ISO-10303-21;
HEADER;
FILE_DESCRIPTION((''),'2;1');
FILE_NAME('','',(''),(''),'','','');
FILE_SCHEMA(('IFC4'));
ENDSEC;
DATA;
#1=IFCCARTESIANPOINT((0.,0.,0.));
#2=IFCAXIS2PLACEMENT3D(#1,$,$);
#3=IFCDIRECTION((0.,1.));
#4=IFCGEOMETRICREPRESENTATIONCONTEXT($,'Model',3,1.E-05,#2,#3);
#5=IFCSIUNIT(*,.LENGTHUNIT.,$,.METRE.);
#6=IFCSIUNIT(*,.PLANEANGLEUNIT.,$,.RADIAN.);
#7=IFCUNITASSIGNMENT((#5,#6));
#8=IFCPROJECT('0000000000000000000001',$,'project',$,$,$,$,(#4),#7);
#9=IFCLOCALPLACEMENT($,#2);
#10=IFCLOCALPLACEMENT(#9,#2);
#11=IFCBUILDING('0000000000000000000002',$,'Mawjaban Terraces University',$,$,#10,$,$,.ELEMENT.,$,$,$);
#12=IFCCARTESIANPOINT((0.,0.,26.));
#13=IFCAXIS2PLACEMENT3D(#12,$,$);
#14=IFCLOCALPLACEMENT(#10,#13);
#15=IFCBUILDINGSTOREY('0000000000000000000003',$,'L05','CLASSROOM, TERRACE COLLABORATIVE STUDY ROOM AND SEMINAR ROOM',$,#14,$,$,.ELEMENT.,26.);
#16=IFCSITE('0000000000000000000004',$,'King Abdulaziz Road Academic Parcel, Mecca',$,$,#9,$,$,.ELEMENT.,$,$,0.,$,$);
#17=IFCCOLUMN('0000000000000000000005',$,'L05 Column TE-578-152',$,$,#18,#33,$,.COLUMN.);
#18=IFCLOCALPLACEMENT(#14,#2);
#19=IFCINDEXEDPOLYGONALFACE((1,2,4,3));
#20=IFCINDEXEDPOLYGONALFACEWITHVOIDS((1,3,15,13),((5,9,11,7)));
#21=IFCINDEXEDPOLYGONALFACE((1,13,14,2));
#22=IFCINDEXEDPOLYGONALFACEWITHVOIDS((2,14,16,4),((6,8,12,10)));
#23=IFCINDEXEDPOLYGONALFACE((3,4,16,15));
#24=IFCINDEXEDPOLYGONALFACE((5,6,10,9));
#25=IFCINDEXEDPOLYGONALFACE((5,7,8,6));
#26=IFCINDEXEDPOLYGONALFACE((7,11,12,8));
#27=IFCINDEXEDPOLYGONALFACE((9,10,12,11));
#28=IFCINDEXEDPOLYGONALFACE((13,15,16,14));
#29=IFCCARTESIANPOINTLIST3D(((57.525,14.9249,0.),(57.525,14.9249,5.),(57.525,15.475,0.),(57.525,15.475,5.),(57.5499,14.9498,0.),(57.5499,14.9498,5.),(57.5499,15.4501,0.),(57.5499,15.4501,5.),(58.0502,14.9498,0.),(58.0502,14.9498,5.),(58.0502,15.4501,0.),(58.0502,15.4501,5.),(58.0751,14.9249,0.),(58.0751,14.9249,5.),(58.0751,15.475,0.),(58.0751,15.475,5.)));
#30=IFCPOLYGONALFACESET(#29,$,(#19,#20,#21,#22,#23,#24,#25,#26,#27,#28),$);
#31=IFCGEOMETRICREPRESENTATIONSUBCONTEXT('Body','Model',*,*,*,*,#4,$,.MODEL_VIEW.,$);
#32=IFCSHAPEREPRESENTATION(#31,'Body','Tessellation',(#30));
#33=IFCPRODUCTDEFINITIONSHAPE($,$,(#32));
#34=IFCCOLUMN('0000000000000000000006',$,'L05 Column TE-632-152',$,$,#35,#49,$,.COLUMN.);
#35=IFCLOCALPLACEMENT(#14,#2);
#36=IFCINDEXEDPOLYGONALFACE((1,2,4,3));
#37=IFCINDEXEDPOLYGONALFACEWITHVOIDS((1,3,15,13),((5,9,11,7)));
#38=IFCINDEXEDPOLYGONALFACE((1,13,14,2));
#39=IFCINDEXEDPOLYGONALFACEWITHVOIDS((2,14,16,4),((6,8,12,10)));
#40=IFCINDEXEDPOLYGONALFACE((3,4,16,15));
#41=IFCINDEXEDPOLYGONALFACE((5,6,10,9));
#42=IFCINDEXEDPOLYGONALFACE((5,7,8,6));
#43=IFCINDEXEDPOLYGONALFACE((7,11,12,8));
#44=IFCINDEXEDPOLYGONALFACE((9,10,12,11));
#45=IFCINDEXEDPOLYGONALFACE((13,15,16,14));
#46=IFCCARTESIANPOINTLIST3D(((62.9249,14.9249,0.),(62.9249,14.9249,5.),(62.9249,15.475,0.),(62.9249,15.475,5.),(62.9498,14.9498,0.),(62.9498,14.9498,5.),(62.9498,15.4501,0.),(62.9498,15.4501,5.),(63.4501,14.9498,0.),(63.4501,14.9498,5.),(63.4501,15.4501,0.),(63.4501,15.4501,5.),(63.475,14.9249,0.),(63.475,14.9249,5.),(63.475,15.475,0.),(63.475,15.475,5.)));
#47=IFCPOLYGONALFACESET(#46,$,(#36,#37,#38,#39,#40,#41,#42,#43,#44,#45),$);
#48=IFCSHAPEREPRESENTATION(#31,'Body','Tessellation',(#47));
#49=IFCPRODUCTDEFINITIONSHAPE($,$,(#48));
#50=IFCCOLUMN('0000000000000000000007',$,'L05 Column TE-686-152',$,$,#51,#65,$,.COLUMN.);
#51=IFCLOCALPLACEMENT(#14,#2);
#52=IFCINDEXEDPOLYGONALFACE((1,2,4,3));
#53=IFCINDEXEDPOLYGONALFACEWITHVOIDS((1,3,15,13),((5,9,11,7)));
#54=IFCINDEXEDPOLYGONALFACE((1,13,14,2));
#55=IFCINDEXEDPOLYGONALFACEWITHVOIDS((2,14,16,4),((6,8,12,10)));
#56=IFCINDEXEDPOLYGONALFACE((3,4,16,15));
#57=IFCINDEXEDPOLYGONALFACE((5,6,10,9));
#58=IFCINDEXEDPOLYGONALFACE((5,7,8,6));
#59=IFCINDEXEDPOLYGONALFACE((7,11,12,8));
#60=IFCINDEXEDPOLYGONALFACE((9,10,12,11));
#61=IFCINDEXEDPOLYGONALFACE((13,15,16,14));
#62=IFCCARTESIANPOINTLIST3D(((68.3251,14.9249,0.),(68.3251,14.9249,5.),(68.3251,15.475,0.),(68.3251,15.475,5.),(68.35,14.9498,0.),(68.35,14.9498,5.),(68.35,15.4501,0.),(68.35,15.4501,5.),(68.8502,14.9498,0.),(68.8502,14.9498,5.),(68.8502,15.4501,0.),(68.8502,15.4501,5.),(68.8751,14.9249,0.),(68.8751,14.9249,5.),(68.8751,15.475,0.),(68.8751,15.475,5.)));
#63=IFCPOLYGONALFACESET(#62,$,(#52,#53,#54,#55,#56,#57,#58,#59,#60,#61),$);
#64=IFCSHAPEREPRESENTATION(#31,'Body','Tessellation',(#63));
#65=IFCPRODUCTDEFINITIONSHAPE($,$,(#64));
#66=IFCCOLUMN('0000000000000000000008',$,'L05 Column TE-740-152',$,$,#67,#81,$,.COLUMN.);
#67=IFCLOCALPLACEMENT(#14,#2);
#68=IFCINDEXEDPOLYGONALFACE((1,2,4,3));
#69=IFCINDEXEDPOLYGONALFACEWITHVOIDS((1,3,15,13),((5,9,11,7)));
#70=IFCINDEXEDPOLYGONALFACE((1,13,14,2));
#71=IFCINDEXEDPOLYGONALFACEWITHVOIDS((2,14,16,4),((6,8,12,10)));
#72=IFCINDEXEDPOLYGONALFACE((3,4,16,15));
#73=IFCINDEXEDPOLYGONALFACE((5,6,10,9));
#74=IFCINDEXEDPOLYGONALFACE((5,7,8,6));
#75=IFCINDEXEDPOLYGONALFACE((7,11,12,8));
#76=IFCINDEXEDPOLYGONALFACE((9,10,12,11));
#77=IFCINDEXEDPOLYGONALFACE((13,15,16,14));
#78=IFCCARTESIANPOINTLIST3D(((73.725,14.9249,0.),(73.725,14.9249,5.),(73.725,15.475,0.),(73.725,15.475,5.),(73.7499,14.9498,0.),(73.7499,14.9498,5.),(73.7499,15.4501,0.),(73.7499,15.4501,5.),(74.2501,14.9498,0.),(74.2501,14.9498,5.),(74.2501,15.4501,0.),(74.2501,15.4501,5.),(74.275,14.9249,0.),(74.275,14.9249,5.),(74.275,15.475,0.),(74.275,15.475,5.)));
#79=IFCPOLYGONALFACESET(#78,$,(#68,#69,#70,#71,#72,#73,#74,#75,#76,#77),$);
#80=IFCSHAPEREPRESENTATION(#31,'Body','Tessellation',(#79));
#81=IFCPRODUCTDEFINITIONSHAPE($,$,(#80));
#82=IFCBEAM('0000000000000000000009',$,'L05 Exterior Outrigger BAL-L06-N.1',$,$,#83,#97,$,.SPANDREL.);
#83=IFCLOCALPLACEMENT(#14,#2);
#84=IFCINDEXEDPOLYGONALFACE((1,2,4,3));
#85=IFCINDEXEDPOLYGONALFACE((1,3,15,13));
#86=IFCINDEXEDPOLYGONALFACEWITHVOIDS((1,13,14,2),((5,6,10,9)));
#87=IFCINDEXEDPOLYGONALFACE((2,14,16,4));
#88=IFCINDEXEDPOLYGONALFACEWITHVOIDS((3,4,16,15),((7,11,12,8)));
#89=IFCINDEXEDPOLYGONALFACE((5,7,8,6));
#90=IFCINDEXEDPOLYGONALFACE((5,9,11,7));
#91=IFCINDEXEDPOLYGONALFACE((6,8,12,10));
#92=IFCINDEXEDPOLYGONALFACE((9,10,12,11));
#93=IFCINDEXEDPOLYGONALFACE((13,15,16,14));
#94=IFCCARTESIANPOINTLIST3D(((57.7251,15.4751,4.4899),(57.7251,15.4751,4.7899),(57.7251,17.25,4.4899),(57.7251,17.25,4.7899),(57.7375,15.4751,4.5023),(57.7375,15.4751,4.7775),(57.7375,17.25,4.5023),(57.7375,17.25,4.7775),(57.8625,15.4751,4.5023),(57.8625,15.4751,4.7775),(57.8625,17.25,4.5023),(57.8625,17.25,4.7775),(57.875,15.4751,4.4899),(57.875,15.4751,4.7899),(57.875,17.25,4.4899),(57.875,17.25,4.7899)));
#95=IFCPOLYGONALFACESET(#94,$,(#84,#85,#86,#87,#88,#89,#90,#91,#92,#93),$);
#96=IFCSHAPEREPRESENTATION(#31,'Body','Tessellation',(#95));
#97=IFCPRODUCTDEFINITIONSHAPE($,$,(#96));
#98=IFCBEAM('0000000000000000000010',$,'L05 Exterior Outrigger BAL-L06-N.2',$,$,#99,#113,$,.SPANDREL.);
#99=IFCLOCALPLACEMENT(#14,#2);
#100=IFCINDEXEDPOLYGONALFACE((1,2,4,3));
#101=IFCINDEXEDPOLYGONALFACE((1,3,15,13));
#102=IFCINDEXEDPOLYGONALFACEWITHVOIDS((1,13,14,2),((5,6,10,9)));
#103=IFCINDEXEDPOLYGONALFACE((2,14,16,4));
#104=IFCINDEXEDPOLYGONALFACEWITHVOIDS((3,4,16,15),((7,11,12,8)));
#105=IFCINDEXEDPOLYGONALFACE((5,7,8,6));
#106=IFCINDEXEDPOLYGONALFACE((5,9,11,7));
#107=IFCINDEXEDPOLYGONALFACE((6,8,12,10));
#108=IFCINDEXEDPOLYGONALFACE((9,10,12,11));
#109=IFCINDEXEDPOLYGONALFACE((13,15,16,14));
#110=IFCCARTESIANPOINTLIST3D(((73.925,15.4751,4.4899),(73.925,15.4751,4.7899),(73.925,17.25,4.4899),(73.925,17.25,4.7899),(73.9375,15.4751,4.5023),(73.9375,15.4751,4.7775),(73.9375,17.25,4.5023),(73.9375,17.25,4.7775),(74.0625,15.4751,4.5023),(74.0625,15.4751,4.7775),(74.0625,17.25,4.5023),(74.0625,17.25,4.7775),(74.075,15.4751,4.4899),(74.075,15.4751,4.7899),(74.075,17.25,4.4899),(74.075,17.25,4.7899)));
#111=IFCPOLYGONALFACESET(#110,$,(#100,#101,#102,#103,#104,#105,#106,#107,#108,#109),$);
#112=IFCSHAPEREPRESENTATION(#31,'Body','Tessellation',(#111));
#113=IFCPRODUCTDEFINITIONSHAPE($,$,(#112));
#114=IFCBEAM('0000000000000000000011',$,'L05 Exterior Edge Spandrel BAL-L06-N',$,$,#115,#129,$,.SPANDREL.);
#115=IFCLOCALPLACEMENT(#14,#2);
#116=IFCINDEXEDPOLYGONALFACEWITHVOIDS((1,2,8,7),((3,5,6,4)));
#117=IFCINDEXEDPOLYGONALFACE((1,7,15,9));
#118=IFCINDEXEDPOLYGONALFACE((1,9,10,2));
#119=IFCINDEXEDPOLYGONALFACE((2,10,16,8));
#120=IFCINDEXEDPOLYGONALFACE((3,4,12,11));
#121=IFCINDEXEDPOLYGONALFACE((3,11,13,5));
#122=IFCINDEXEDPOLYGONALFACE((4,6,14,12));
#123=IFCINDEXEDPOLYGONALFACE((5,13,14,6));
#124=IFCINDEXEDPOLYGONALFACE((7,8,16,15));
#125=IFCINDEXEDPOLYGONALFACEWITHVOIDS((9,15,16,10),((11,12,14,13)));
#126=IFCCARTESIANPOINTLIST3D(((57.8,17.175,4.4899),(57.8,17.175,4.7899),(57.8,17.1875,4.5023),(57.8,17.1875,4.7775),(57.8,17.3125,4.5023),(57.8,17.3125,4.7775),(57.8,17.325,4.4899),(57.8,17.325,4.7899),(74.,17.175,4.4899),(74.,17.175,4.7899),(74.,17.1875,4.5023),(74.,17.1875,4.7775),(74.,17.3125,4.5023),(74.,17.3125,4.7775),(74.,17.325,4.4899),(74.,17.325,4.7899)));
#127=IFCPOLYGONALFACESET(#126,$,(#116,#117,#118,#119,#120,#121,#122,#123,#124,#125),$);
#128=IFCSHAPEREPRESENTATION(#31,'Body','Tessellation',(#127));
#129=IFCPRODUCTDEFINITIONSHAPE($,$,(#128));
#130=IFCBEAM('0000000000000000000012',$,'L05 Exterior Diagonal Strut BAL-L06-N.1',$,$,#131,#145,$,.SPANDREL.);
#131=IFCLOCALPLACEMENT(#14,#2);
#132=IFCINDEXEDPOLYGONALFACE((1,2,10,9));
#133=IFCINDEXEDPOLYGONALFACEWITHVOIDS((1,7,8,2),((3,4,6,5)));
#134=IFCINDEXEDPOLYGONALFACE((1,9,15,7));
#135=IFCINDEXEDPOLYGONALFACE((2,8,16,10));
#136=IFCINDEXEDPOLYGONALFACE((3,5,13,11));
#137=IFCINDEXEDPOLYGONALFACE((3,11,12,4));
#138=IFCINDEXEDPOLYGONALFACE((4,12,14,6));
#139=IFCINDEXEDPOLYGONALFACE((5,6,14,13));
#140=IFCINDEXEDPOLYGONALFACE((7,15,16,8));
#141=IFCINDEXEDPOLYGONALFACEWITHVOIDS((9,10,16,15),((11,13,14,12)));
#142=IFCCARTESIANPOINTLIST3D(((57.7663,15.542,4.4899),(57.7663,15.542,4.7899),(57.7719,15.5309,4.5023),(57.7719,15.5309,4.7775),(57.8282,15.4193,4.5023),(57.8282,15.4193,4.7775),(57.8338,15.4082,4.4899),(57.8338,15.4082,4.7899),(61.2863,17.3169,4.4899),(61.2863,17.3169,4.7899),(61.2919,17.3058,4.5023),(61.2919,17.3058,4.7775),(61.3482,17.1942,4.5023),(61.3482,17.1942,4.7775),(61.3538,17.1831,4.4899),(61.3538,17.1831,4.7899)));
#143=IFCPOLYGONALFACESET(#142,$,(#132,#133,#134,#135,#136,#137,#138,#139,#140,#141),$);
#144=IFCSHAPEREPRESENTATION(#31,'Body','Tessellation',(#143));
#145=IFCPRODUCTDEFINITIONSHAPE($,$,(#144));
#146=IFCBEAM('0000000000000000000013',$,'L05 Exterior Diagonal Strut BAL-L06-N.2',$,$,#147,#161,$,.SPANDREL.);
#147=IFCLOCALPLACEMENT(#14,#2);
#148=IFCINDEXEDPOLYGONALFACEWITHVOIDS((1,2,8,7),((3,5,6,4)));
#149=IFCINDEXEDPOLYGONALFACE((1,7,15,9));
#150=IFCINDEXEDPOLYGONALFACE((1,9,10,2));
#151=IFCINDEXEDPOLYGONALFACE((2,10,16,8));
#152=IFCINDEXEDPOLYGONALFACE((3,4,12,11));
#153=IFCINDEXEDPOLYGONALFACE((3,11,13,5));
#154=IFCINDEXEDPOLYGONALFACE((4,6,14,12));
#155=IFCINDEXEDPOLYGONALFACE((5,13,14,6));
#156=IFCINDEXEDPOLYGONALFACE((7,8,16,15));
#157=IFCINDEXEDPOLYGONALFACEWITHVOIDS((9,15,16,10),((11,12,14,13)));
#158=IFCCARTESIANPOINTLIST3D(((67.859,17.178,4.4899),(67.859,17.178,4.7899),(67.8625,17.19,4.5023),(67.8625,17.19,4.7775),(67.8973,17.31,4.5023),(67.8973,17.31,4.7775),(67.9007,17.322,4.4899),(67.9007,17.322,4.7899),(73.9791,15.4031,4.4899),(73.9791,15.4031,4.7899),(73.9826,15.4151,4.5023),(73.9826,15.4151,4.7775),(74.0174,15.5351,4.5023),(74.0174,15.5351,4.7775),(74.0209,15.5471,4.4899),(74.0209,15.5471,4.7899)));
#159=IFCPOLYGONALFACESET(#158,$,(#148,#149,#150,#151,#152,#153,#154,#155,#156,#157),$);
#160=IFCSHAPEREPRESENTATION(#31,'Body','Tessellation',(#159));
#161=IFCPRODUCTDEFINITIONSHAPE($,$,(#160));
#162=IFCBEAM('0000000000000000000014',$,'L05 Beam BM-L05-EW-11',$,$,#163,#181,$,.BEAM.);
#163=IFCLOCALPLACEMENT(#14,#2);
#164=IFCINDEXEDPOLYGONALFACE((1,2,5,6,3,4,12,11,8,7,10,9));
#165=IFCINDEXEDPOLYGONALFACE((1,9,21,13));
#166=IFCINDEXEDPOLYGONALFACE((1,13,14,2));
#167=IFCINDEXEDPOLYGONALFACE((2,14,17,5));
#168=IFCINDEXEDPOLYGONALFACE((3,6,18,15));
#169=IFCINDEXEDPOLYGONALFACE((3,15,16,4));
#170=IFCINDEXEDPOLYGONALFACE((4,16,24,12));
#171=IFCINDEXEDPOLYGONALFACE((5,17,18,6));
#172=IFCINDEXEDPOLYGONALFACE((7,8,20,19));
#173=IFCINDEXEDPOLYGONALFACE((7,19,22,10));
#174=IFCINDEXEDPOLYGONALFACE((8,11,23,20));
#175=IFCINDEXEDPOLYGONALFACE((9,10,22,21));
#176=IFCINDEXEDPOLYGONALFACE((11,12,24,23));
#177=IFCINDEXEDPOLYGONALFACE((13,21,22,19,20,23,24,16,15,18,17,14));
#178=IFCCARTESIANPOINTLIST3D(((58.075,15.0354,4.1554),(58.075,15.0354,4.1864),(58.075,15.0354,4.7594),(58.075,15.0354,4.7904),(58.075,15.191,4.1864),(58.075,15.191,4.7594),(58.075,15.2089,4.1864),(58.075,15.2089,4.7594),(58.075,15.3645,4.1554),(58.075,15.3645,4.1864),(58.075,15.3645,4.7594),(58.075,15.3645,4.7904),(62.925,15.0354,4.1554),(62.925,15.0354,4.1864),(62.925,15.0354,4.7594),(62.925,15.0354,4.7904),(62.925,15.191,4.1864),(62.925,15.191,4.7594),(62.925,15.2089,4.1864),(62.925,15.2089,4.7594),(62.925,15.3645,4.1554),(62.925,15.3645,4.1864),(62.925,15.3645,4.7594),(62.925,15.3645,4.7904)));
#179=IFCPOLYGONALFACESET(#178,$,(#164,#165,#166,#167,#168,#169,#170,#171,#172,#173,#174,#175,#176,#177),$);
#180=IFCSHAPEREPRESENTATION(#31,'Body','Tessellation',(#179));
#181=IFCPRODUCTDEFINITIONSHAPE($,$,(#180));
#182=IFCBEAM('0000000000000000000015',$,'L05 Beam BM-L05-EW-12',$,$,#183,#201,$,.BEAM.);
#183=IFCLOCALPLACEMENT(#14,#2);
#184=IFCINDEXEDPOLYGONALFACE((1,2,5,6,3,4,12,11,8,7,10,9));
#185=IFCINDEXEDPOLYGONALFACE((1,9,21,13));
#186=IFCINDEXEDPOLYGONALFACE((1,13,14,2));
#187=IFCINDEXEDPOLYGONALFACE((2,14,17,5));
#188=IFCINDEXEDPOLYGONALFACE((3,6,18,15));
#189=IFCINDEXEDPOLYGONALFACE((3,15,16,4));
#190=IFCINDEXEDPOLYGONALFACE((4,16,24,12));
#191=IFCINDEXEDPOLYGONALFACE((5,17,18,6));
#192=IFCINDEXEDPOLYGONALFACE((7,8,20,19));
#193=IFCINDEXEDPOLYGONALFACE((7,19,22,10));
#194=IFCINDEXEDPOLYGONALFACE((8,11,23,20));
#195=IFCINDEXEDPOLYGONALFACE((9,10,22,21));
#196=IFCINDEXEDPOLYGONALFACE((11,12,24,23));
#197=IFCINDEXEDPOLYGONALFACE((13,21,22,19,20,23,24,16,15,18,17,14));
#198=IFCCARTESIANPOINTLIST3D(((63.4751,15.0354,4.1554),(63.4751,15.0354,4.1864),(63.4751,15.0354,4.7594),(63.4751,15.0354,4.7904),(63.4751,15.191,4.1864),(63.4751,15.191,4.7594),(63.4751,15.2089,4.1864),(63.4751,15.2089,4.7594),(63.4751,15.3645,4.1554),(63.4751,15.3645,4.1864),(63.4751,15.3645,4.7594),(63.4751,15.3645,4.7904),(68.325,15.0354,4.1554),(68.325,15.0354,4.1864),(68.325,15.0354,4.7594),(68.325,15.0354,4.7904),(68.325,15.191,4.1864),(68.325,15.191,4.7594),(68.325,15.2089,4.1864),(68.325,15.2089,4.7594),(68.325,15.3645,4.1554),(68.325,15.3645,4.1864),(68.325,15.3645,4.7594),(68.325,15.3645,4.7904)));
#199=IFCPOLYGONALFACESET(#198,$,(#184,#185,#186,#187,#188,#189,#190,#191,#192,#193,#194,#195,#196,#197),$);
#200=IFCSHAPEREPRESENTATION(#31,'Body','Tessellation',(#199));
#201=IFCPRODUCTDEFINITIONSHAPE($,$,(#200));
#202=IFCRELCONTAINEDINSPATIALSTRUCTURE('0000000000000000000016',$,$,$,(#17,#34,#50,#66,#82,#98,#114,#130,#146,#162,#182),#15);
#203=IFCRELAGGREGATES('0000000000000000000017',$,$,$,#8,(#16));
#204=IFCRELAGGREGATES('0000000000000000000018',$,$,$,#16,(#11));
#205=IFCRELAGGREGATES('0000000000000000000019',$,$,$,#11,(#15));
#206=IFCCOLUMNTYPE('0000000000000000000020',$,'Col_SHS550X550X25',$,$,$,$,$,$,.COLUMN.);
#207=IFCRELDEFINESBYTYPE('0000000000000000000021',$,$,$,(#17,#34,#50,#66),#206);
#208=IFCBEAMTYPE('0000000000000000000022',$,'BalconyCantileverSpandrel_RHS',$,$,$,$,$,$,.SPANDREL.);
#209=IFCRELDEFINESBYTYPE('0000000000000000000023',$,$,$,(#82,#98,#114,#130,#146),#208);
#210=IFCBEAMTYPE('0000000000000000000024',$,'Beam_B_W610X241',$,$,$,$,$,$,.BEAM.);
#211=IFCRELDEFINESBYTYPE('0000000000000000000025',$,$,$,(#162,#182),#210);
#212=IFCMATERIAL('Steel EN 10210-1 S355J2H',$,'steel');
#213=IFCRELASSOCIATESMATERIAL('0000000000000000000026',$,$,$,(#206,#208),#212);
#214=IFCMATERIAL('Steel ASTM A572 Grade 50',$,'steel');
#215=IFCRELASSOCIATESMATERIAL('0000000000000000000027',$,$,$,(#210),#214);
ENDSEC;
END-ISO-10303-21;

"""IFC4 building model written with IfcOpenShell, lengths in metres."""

from ifc_helpers import new_model, si_unit, direction, frame, origin, origin_2d, place, context, subcontext, project, spatial, hollow_rectangle, i_section, extrude, material, material_profile, profile_set, type_object, element, save


model = new_model("IFC4")

# Units and contexts
model_context = context("Model", 3, precision=1e-05, world=origin(), true_north=direction((0.0, 1.0)))
body_context = subcontext(model_context, "Body", "Model", "MODEL_VIEW")
ifc_project = project(units=[si_unit("LENGTHUNIT", "METRE"), si_unit("PLANEANGLEUNIT", "RADIAN")], contexts=[model_context])

# Site, building, storey
site_placement = place(None, origin())
site = spatial("IfcSite", under=ifc_project, at=site_placement, Name="King Abdulaziz Road Academic Parcel, Mecca", CompositionType="ELEMENT", RefElevation=0.0)
building_placement = place(site_placement, origin())
building = spatial("IfcBuilding", under=site, at=building_placement, Name="Mawjaban Terraces University", CompositionType="ELEMENT")
storey_placement = place(building_placement, frame((0.0, 0.0, 26.0)))
storey = spatial("IfcBuildingStorey", under=building, at=storey_placement, Name="L05", Description="CLASSROOM, TERRACE COLLABORATIVE STUDY ROOM AND SEMINAR ROOM", CompositionType="ELEMENT", Elevation=26.0)

# Columns
ifc_material_1 = material(Name="Steel EN 10210-1 S355J2H", Category="steel")
ifc_material_profile_1 = material_profile(ifc_material_1, hollow_rectangle(XDim=0.55, YDim=0.55, WallThickness=0.0249, at=origin_2d()), Name="SHS550X550X25")
ifc_profile_set_1 = profile_set([ifc_material_profile_1], Name="Steel EN 10210-1 S355J2H")
column_type = type_object("IfcColumnType", Name="Col_SHS550X550X25", PredefinedType="COLUMN", material=ifc_profile_set_1)
for number, where, z_axis, x_axis, name in (
    (1, (57.8, 15.2, 0.0), (0.0, 0.0, 1.0), (1.0, 0.0, 0.0), "L05 Column TE-578-152"),
    (2, (63.2, 15.2, 0.0), (0.0, 0.0, 1.0), (1.0, 0.0, 0.0), "L05 Column TE-632-152"),
    (3, (68.6001, 15.2, 0.0), (0.0, 0.0, 1.0), (1.0, 0.0, 0.0), "L05 Column TE-686-152"),
    (4, (74.0, 15.2, 0.0), (0.0, 0.0, 1.0), (1.0, 0.0, 0.0), "L05 Column TE-740-152"),
):
    element("IfcColumn", number, at=place(storey_placement, frame(where, z_axis=z_axis, x_axis=x_axis)), inside=storey, type_object=column_type, Name=name, PredefinedType="COLUMN", context=body_context, shape_type="SweptSolid", body=[
        extrude(hollow_rectangle(XDim=0.55, YDim=0.55, WallThickness=0.0249, at=origin_2d()), origin(), (0.0, 0.0, 1.0), 5.0),
    ])

# Beams
ifc_material_profile_2 = material_profile(ifc_material_1, hollow_rectangle(XDim=0.1499, YDim=0.3, WallThickness=0.0125, at=origin_2d()), Name="RHS300X150X12.5")
ifc_profile_set_2 = profile_set([ifc_material_profile_2], Name="Steel EN 10210-1 S355J2H")
beam_type_1 = type_object("IfcBeamType", Name="BalconyCantileverSpandrel_RHS", PredefinedType="SPANDREL", material=ifc_profile_set_2)
for number, where, z_axis, x_axis, name in (
    (5, (57.8, 15.4751, 4.6399), (0.0, 1.0, 0.0), (-1.0, 0.0, 0.0), "L05 Exterior Outrigger BAL-L06-N.1"),
    (6, (74.0, 15.4751, 4.6399), (0.0, 1.0, 0.0), (-1.0, 0.0, 0.0), "L05 Exterior Outrigger BAL-L06-N.2"),
):
    element("IfcBeam", number, at=place(storey_placement, frame(where, z_axis=z_axis, x_axis=x_axis)), inside=storey, type_object=beam_type_1, Name=name, PredefinedType="SPANDREL", context=body_context, shape_type="SweptSolid", body=[
        extrude(hollow_rectangle(XDim=0.1499, YDim=0.3, WallThickness=0.0125, at=origin_2d()), origin(), (0.0, 0.0, 1.0), 1.7749),
    ])
beam_1_placement = place(storey_placement, frame((57.8, 17.25, 4.6399), z_axis=(1.0, 0.0, 0.0), x_axis=(0.0, 1.0, 0.0)))
element("IfcBeam", 7, at=beam_1_placement, inside=storey, type_object=beam_type_1, Name="L05 Exterior Edge Spandrel BAL-L06-N", PredefinedType="SPANDREL", context=body_context, shape_type="SweptSolid", body=[
    extrude(hollow_rectangle(XDim=0.1499, YDim=0.3, WallThickness=0.0125, at=origin_2d()), origin(), (0.0, 0.0, 1.0), 16.2),
])
beam_2_placement = place(storey_placement, frame((57.8, 15.4751, 4.6399), z_axis=(0.892911, 0.450233, 0.0), x_axis=(-0.450233, 0.892911, 0.0)))
element("IfcBeam", 8, at=beam_2_placement, inside=storey, type_object=beam_type_1, Name="L05 Exterior Diagonal Strut BAL-L06-N.1", PredefinedType="SPANDREL", context=body_context, shape_type="SweptSolid", body=[
    extrude(hollow_rectangle(XDim=0.1499, YDim=0.3, WallThickness=0.0125, at=origin_2d()), origin(), (0.0, 0.0, 1.0), 3.9421),
])
beam_3_placement = place(storey_placement, frame((74.0, 15.4751, 4.6399), z_axis=(-0.960426, 0.278534, 0.0), x_axis=(-0.278534, -0.960426, 0.0)))
element("IfcBeam", 9, at=beam_3_placement, inside=storey, type_object=beam_type_1, Name="L05 Exterior Diagonal Strut BAL-L06-N.2", PredefinedType="SPANDREL", context=body_context, shape_type="SweptSolid", body=[
    extrude(hollow_rectangle(XDim=0.1499, YDim=0.3, WallThickness=0.0125, at=origin_2d()), origin(), (0.0, 0.0, 1.0), 6.3723),
])
ifc_material_2 = material(Name="Steel ASTM A572 Grade 50", Category="steel")
ifc_material_profile_3 = material_profile(ifc_material_2, i_section(OverallWidth=0.3291, OverallDepth=0.635, WebThickness=0.0178, FlangeThickness=0.031, at=origin_2d()), Name="W610X241")
ifc_profile_set_3 = profile_set([ifc_material_profile_3], Name="Steel ASTM A572 Grade 50")
beam_type_2 = type_object("IfcBeamType", Name="Beam_B_W610X241", PredefinedType="BEAM", material=ifc_profile_set_3)
beam_4_placement = place(storey_placement, frame((58.075, 15.2, 4.4729), z_axis=(1.0, 0.0, 0.0), x_axis=(0.0, 1.0, 0.0)))
element("IfcBeam", 10, at=beam_4_placement, inside=storey, type_object=beam_type_2, Name="L05 Beam BM-L05-EW-11", PredefinedType="BEAM", context=body_context, shape_type="SweptSolid", body=[
    extrude(i_section(OverallWidth=0.3291, OverallDepth=0.635, WebThickness=0.0178, FlangeThickness=0.031, at=origin_2d()), origin(), (0.0, 0.0, 1.0), 4.8501),
])
beam_5_placement = place(storey_placement, frame((63.4751, 15.2, 4.4729), z_axis=(1.0, 0.0, 0.0), x_axis=(0.0, 1.0, 0.0)))
element("IfcBeam", 11, at=beam_5_placement, inside=storey, type_object=beam_type_2, Name="L05 Beam BM-L05-EW-12", PredefinedType="BEAM", context=body_context, shape_type="SweptSolid", body=[
    extrude(i_section(OverallWidth=0.3291, OverallDepth=0.635, WebThickness=0.0178, FlangeThickness=0.031, at=origin_2d()), origin(), (0.0, 0.0, 1.0), 4.8499),
])

save(model, "model.ifc")
